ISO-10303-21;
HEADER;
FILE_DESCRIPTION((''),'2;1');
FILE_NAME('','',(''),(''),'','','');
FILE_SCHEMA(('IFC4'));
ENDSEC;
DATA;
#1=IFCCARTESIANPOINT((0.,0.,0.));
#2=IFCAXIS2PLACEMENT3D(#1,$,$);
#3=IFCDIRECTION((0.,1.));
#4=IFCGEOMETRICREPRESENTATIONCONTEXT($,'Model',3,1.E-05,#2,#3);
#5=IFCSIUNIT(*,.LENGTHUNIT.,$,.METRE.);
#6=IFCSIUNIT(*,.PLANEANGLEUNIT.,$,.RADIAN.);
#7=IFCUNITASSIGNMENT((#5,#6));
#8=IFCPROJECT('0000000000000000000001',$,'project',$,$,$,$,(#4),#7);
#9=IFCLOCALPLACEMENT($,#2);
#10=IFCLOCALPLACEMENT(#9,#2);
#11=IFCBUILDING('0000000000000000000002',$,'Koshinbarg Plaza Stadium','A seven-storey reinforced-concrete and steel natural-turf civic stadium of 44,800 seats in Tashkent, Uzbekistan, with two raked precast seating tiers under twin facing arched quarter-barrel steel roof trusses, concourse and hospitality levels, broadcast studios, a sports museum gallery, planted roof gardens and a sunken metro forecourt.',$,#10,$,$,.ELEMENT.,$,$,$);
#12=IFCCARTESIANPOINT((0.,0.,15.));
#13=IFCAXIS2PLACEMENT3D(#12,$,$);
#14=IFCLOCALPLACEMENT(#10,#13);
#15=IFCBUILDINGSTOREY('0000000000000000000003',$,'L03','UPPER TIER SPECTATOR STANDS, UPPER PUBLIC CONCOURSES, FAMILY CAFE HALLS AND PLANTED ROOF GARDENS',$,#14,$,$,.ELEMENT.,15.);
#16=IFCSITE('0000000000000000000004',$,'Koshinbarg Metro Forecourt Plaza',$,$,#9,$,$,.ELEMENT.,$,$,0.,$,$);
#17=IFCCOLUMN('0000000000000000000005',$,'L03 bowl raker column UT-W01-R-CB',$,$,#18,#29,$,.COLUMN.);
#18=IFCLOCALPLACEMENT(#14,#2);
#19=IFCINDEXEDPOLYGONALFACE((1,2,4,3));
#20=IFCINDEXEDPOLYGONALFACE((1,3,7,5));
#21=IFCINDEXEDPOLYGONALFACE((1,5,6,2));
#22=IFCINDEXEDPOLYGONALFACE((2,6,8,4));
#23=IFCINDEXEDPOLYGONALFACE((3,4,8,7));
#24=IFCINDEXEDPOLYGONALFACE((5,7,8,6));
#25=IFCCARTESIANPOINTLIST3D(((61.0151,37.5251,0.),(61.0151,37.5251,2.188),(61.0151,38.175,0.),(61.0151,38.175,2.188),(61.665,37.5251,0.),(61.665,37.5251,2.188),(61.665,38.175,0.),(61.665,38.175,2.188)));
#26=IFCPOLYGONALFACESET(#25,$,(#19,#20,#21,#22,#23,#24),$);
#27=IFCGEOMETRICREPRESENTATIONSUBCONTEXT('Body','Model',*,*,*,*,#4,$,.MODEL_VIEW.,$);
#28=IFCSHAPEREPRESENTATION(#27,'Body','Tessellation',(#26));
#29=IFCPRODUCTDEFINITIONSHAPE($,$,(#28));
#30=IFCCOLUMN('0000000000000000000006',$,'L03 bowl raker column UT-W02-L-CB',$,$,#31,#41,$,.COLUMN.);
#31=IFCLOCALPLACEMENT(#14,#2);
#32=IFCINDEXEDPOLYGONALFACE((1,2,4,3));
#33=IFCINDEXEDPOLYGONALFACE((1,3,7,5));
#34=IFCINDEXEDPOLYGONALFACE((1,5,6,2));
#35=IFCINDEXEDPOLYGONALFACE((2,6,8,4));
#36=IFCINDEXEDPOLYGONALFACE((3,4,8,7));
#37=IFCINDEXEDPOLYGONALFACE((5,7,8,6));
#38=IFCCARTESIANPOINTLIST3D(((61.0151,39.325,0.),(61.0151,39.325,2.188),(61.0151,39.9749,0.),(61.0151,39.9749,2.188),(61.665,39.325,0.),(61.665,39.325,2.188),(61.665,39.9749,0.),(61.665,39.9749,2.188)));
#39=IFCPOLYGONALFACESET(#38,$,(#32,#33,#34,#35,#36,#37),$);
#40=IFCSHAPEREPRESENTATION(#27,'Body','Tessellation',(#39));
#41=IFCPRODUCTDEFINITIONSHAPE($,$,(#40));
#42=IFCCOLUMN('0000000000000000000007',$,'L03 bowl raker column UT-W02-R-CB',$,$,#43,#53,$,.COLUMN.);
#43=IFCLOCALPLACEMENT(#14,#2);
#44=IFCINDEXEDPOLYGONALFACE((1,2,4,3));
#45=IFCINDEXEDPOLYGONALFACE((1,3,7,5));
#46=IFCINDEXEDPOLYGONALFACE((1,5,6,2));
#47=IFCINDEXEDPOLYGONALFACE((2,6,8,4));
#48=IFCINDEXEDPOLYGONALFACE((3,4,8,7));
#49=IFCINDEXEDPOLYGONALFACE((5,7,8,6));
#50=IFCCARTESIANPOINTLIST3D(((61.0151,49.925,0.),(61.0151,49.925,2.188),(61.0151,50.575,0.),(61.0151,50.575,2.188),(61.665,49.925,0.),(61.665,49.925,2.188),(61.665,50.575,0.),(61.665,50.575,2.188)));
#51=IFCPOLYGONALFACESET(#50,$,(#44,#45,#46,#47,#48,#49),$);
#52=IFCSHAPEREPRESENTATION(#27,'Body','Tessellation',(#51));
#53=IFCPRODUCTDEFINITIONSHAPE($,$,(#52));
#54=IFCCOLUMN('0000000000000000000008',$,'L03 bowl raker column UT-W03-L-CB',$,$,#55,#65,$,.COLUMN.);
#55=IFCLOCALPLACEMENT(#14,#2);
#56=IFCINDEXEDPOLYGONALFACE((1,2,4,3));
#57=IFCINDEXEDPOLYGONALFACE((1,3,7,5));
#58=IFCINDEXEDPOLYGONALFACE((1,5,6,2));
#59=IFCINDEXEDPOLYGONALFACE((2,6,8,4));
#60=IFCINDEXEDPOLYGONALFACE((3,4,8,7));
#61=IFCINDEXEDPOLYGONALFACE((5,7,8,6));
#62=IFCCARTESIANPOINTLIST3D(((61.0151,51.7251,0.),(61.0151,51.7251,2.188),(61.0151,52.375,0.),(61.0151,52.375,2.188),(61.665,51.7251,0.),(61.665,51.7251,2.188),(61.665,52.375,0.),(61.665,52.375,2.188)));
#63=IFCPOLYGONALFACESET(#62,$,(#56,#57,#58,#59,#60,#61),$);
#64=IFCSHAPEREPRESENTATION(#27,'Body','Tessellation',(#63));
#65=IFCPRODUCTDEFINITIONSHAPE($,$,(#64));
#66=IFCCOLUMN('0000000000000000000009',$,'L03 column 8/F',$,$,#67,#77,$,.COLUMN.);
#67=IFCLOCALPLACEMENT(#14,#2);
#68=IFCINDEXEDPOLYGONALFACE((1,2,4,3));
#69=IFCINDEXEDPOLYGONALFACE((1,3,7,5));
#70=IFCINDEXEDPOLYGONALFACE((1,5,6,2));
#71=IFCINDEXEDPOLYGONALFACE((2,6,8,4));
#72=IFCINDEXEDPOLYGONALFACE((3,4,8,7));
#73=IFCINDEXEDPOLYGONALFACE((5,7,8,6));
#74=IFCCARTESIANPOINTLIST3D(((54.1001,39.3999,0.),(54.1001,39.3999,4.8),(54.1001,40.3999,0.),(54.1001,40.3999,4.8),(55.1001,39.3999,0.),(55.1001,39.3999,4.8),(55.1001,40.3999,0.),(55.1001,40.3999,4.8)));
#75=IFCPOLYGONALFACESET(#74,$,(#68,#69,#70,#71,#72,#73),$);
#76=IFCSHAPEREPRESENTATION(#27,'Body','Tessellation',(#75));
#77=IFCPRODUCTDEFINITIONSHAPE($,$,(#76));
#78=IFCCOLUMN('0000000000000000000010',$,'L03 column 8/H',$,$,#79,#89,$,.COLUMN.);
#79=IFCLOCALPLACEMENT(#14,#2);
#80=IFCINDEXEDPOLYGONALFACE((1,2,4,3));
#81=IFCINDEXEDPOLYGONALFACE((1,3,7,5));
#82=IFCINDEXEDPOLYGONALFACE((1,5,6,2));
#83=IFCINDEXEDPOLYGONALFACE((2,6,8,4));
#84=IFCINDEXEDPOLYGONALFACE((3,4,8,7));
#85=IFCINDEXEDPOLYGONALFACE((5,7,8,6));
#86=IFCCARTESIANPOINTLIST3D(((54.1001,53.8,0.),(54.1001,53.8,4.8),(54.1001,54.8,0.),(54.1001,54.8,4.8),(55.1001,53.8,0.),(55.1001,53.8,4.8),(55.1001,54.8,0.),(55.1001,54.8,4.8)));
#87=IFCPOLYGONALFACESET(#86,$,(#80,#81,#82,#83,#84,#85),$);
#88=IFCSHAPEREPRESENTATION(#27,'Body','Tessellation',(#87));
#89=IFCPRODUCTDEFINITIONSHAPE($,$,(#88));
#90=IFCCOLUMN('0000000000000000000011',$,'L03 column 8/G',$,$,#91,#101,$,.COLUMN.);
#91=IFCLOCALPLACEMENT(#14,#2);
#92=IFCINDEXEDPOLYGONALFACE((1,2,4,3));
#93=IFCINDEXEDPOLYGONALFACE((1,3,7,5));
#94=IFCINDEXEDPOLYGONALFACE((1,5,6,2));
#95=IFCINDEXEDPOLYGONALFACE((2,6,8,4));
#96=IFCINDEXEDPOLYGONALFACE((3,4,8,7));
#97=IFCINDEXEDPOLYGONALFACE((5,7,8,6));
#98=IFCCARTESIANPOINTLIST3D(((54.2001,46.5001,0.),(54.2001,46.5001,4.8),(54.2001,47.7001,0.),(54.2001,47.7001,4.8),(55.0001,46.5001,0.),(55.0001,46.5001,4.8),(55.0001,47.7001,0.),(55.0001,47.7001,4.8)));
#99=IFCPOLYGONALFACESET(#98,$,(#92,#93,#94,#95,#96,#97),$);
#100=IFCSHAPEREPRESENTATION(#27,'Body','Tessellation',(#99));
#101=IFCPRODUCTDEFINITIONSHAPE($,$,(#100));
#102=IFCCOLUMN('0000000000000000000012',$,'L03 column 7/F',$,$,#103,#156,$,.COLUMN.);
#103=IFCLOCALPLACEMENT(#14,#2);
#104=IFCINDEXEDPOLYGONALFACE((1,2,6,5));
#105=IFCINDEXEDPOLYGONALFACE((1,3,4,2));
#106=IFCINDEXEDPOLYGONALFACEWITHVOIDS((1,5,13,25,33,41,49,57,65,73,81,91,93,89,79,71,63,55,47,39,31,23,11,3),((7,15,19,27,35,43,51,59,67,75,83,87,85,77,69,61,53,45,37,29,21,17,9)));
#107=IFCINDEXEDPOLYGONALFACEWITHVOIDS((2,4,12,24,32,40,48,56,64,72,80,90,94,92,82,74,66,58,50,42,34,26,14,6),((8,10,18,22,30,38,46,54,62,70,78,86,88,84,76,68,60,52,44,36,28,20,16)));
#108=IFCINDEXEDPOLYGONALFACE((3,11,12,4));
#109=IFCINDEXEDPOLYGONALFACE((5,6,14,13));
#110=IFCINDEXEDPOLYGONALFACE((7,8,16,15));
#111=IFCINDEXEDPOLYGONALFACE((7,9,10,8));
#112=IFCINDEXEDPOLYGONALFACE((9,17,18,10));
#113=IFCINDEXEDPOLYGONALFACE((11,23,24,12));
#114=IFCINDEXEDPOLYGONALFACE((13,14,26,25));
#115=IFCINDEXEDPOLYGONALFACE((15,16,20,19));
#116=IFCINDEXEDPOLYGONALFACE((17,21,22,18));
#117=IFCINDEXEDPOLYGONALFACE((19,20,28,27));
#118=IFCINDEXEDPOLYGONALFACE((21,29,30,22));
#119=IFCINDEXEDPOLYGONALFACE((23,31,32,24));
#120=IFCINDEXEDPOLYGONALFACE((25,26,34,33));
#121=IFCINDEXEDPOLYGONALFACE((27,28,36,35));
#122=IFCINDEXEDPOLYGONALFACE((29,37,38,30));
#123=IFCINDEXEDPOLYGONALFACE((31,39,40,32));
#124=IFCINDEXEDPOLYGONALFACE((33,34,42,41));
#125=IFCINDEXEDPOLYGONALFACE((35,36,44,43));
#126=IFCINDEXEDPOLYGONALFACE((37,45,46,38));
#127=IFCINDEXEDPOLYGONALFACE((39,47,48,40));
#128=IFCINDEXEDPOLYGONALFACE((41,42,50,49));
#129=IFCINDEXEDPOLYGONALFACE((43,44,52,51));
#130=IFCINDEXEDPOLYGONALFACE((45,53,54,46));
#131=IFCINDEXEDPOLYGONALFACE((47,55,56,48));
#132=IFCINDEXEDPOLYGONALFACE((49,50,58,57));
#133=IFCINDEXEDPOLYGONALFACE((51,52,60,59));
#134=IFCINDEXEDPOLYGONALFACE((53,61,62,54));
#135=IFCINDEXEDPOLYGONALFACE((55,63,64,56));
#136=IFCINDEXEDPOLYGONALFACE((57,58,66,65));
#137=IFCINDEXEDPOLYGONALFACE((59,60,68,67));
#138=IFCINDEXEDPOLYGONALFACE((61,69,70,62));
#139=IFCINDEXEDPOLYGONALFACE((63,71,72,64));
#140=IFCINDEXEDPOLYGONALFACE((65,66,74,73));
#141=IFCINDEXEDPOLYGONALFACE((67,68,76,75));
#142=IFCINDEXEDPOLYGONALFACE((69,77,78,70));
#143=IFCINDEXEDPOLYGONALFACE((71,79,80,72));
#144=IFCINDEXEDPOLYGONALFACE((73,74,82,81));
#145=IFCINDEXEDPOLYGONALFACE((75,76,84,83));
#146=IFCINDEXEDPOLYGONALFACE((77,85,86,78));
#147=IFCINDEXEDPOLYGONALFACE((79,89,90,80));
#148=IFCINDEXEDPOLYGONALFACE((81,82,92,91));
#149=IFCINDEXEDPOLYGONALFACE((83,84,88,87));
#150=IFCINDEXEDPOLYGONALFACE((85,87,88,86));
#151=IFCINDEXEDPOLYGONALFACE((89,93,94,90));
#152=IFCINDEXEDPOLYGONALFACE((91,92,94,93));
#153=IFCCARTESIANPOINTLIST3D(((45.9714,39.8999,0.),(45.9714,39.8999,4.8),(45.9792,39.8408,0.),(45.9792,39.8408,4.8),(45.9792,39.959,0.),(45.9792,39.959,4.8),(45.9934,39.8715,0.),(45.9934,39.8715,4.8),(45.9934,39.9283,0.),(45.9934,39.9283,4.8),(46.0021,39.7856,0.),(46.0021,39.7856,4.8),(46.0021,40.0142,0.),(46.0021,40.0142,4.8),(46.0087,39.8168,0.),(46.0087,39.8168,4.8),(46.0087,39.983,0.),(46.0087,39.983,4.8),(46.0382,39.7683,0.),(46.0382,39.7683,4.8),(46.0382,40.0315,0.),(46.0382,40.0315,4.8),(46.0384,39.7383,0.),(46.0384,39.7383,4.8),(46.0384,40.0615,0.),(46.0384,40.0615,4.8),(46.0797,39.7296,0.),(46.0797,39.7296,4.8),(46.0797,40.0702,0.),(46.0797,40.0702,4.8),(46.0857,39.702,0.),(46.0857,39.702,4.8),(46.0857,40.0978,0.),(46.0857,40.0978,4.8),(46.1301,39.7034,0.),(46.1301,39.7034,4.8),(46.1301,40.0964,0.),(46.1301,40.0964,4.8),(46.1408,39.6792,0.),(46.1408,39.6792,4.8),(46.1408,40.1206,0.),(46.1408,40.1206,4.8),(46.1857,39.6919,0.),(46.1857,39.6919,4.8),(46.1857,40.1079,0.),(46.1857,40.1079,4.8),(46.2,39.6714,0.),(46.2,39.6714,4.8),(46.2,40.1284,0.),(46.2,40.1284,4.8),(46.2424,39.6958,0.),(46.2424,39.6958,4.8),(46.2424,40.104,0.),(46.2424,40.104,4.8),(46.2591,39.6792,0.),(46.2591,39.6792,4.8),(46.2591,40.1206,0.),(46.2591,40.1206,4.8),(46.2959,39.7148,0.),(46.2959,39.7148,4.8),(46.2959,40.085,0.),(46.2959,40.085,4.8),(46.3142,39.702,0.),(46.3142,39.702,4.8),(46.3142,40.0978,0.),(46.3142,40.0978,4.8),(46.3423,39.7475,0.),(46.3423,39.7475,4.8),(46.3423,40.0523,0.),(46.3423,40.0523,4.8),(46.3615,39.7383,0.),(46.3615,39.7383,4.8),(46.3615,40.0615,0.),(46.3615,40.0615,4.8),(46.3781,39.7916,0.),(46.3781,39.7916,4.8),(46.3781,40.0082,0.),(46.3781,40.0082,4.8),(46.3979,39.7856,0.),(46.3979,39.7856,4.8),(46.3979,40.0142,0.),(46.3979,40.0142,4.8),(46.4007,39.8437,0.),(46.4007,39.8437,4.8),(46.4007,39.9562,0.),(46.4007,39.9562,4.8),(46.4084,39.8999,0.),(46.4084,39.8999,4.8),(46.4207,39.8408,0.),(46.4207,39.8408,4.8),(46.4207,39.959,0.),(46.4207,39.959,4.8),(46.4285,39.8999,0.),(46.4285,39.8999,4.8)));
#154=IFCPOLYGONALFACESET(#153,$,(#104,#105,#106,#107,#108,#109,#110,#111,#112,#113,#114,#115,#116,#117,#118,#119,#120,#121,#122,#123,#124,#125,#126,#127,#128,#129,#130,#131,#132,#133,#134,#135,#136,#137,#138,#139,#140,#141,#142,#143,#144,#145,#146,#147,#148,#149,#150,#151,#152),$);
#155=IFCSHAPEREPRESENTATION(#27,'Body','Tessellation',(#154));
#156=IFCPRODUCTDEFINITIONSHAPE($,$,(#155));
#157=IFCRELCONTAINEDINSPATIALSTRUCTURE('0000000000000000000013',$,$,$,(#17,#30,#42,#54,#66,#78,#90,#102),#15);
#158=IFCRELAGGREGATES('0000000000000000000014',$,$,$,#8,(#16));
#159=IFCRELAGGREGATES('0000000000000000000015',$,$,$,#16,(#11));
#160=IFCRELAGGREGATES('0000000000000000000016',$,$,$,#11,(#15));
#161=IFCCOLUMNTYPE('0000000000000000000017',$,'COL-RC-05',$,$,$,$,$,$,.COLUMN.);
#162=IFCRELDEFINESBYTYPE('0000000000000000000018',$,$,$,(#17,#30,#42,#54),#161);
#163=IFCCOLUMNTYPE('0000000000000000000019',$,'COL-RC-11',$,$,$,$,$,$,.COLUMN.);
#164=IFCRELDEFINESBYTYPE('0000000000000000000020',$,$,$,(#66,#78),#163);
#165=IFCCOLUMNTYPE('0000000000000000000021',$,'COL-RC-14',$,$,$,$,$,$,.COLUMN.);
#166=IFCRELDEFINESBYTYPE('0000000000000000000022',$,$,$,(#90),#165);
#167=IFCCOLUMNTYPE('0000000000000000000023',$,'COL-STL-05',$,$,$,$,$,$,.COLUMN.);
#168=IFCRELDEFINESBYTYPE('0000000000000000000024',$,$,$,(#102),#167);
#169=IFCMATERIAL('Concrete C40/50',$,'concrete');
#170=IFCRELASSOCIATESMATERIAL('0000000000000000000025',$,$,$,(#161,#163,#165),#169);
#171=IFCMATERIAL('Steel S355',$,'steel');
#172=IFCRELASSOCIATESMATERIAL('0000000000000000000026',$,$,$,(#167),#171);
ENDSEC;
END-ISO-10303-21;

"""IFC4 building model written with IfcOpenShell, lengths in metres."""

from ifc_helpers import new_model, si_unit, direction, frame, origin, origin_2d, place, context, subcontext, project, spatial, rectangle, hollow_circle, extrude, material, material_profile, profile_set, type_object, element, save


model = new_model("IFC4")

# Units and contexts
model_context = context("Model", 3, precision=1e-05, world=origin(), true_north=direction((0.0, 1.0)))
body_context = subcontext(model_context, "Body", "Model", "MODEL_VIEW")
ifc_project = project(units=[si_unit("LENGTHUNIT", "METRE"), si_unit("PLANEANGLEUNIT", "RADIAN")], contexts=[model_context])

# Site, building, storey
site_placement = place(None, origin())
site = spatial("IfcSite", under=ifc_project, at=site_placement, Name="Koshinbarg Metro Forecourt Plaza", CompositionType="ELEMENT", RefElevation=0.0)
building_placement = place(site_placement, origin())
building = spatial("IfcBuilding", under=site, at=building_placement, Name="Koshinbarg Plaza Stadium", Description="A seven-storey reinforced-concrete and steel natural-turf civic stadium of 44,800 seats in Tashkent, Uzbekistan, with two raked precast seating tiers under twin facing arched quarter-barrel steel roof trusses, concourse and hospitality levels, broadcast studios, a sports museum gallery, planted roof gardens and a sunken metro forecourt.", CompositionType="ELEMENT")
storey_placement = place(building_placement, frame((0.0, 0.0, 15.0)))
storey = spatial("IfcBuildingStorey", under=building, at=storey_placement, Name="L03", Description="UPPER TIER SPECTATOR STANDS, UPPER PUBLIC CONCOURSES, FAMILY CAFE HALLS AND PLANTED ROOF GARDENS", CompositionType="ELEMENT", Elevation=15.0)

# Columns
ifc_material_1 = material(Name="Concrete C40/50", Category="concrete")
ifc_material_profile_1 = material_profile(ifc_material_1, rectangle(XDim=0.6499, YDim=0.6499, at=origin_2d()), Name="RC 650x650")
ifc_profile_set_1 = profile_set([ifc_material_profile_1], Name="Concrete C40/50")
column_type_1 = type_object("IfcColumnType", Name="COL-RC-05", PredefinedType="COLUMN", material=ifc_profile_set_1)
for number, where, z_axis, x_axis, name in (
    (1, (61.3401, 37.8501, 0.0), (0.0, 0.0, 1.0), (1.0, 0.0, 0.0), "L03 bowl raker column UT-W01-R-CB"),
    (2, (61.3401, 39.6499, 0.0), (0.0, 0.0, 1.0), (1.0, 0.0, 0.0), "L03 bowl raker column UT-W02-L-CB"),
    (3, (61.3401, 50.25, 0.0), (0.0, 0.0, 1.0), (1.0, 0.0, 0.0), "L03 bowl raker column UT-W02-R-CB"),
    (4, (61.3401, 52.05, 0.0), (0.0, 0.0, 1.0), (1.0, 0.0, 0.0), "L03 bowl raker column UT-W03-L-CB"),
):
    element("IfcColumn", number, at=place(storey_placement, frame(where, z_axis=z_axis, x_axis=x_axis)), inside=storey, type_object=column_type_1, Name=name, PredefinedType="COLUMN", context=body_context, shape_type="SweptSolid", body=[
        extrude(rectangle(XDim=0.6499, YDim=0.6499, at=origin_2d()), origin(), (0.0, 0.0, 1.0), 2.188),
    ])
ifc_material_profile_2 = material_profile(ifc_material_1, rectangle(XDim=1.0, YDim=1.0, at=origin_2d()), Name="RC 1000x1000")
ifc_profile_set_2 = profile_set([ifc_material_profile_2], Name="Concrete C40/50")
column_type_2 = type_object("IfcColumnType", Name="COL-RC-11", PredefinedType="COLUMN", material=ifc_profile_set_2)
for number, where, z_axis, x_axis, name in (
    (5, (54.6001, 39.8999, 0.0), (0.0, 0.0, 1.0), (1.0, 0.0, 0.0), "L03 column 8/F"),
    (6, (54.6001, 54.3, 0.0), (0.0, 0.0, 1.0), (1.0, 0.0, 0.0), "L03 column 8/H"),
):
    element("IfcColumn", number, at=place(storey_placement, frame(where, z_axis=z_axis, x_axis=x_axis)), inside=storey, type_object=column_type_2, Name=name, PredefinedType="COLUMN", context=body_context, shape_type="SweptSolid", body=[
        extrude(rectangle(XDim=1.0, YDim=1.0, at=origin_2d()), origin(), (0.0, 0.0, 1.0), 4.8),
    ])
ifc_material_profile_3 = material_profile(ifc_material_1, rectangle(XDim=0.8, YDim=1.2, at=origin_2d()), Name="RC 800x1200")
ifc_profile_set_3 = profile_set([ifc_material_profile_3], Name="Concrete C40/50")
column_type_3 = type_object("IfcColumnType", Name="COL-RC-14", PredefinedType="COLUMN", material=ifc_profile_set_3)
column_placement = place(storey_placement, frame((54.6001, 47.1001, 0.0), z_axis=(0.0, 0.0, 1.0), x_axis=(1.0, 0.0, 0.0)))
element("IfcColumn", 7, at=column_placement, inside=storey, type_object=column_type_3, Name="L03 column 8/G", PredefinedType="COLUMN", context=body_context, shape_type="SweptSolid", body=[
    extrude(rectangle(XDim=0.8, YDim=1.2, at=origin_2d()), origin(), (0.0, 0.0, 1.0), 4.8),
])
ifc_material_2 = material(Name="Steel S355", Category="steel")
ifc_material_profile_4 = material_profile(ifc_material_2, hollow_circle(Radius=0.2285, WallThickness=0.02, at=origin_2d()), Name="CHS 457x20")
ifc_profile_set_4 = profile_set([ifc_material_profile_4], Name="Steel S355")
column_type_4 = type_object("IfcColumnType", Name="COL-STL-05", PredefinedType="COLUMN", material=ifc_profile_set_4)
for number, where, z_axis, x_axis, name in (
    (8, (46.2, 39.8999, 0.0), (0.0, 0.0, 1.0), (1.0, 0.0, 0.0), "L03 column 7/F"),
):
    element("IfcColumn", number, at=place(storey_placement, frame(where, z_axis=z_axis, x_axis=x_axis)), inside=storey, type_object=column_type_4, Name=name, PredefinedType="COLUMN", context=body_context, shape_type="SweptSolid", body=[
        extrude(hollow_circle(Radius=0.2285, WallThickness=0.02, at=origin_2d()), origin(), (0.0, 0.0, 1.0), 4.8),
    ])

save(model, "model.ifc")
